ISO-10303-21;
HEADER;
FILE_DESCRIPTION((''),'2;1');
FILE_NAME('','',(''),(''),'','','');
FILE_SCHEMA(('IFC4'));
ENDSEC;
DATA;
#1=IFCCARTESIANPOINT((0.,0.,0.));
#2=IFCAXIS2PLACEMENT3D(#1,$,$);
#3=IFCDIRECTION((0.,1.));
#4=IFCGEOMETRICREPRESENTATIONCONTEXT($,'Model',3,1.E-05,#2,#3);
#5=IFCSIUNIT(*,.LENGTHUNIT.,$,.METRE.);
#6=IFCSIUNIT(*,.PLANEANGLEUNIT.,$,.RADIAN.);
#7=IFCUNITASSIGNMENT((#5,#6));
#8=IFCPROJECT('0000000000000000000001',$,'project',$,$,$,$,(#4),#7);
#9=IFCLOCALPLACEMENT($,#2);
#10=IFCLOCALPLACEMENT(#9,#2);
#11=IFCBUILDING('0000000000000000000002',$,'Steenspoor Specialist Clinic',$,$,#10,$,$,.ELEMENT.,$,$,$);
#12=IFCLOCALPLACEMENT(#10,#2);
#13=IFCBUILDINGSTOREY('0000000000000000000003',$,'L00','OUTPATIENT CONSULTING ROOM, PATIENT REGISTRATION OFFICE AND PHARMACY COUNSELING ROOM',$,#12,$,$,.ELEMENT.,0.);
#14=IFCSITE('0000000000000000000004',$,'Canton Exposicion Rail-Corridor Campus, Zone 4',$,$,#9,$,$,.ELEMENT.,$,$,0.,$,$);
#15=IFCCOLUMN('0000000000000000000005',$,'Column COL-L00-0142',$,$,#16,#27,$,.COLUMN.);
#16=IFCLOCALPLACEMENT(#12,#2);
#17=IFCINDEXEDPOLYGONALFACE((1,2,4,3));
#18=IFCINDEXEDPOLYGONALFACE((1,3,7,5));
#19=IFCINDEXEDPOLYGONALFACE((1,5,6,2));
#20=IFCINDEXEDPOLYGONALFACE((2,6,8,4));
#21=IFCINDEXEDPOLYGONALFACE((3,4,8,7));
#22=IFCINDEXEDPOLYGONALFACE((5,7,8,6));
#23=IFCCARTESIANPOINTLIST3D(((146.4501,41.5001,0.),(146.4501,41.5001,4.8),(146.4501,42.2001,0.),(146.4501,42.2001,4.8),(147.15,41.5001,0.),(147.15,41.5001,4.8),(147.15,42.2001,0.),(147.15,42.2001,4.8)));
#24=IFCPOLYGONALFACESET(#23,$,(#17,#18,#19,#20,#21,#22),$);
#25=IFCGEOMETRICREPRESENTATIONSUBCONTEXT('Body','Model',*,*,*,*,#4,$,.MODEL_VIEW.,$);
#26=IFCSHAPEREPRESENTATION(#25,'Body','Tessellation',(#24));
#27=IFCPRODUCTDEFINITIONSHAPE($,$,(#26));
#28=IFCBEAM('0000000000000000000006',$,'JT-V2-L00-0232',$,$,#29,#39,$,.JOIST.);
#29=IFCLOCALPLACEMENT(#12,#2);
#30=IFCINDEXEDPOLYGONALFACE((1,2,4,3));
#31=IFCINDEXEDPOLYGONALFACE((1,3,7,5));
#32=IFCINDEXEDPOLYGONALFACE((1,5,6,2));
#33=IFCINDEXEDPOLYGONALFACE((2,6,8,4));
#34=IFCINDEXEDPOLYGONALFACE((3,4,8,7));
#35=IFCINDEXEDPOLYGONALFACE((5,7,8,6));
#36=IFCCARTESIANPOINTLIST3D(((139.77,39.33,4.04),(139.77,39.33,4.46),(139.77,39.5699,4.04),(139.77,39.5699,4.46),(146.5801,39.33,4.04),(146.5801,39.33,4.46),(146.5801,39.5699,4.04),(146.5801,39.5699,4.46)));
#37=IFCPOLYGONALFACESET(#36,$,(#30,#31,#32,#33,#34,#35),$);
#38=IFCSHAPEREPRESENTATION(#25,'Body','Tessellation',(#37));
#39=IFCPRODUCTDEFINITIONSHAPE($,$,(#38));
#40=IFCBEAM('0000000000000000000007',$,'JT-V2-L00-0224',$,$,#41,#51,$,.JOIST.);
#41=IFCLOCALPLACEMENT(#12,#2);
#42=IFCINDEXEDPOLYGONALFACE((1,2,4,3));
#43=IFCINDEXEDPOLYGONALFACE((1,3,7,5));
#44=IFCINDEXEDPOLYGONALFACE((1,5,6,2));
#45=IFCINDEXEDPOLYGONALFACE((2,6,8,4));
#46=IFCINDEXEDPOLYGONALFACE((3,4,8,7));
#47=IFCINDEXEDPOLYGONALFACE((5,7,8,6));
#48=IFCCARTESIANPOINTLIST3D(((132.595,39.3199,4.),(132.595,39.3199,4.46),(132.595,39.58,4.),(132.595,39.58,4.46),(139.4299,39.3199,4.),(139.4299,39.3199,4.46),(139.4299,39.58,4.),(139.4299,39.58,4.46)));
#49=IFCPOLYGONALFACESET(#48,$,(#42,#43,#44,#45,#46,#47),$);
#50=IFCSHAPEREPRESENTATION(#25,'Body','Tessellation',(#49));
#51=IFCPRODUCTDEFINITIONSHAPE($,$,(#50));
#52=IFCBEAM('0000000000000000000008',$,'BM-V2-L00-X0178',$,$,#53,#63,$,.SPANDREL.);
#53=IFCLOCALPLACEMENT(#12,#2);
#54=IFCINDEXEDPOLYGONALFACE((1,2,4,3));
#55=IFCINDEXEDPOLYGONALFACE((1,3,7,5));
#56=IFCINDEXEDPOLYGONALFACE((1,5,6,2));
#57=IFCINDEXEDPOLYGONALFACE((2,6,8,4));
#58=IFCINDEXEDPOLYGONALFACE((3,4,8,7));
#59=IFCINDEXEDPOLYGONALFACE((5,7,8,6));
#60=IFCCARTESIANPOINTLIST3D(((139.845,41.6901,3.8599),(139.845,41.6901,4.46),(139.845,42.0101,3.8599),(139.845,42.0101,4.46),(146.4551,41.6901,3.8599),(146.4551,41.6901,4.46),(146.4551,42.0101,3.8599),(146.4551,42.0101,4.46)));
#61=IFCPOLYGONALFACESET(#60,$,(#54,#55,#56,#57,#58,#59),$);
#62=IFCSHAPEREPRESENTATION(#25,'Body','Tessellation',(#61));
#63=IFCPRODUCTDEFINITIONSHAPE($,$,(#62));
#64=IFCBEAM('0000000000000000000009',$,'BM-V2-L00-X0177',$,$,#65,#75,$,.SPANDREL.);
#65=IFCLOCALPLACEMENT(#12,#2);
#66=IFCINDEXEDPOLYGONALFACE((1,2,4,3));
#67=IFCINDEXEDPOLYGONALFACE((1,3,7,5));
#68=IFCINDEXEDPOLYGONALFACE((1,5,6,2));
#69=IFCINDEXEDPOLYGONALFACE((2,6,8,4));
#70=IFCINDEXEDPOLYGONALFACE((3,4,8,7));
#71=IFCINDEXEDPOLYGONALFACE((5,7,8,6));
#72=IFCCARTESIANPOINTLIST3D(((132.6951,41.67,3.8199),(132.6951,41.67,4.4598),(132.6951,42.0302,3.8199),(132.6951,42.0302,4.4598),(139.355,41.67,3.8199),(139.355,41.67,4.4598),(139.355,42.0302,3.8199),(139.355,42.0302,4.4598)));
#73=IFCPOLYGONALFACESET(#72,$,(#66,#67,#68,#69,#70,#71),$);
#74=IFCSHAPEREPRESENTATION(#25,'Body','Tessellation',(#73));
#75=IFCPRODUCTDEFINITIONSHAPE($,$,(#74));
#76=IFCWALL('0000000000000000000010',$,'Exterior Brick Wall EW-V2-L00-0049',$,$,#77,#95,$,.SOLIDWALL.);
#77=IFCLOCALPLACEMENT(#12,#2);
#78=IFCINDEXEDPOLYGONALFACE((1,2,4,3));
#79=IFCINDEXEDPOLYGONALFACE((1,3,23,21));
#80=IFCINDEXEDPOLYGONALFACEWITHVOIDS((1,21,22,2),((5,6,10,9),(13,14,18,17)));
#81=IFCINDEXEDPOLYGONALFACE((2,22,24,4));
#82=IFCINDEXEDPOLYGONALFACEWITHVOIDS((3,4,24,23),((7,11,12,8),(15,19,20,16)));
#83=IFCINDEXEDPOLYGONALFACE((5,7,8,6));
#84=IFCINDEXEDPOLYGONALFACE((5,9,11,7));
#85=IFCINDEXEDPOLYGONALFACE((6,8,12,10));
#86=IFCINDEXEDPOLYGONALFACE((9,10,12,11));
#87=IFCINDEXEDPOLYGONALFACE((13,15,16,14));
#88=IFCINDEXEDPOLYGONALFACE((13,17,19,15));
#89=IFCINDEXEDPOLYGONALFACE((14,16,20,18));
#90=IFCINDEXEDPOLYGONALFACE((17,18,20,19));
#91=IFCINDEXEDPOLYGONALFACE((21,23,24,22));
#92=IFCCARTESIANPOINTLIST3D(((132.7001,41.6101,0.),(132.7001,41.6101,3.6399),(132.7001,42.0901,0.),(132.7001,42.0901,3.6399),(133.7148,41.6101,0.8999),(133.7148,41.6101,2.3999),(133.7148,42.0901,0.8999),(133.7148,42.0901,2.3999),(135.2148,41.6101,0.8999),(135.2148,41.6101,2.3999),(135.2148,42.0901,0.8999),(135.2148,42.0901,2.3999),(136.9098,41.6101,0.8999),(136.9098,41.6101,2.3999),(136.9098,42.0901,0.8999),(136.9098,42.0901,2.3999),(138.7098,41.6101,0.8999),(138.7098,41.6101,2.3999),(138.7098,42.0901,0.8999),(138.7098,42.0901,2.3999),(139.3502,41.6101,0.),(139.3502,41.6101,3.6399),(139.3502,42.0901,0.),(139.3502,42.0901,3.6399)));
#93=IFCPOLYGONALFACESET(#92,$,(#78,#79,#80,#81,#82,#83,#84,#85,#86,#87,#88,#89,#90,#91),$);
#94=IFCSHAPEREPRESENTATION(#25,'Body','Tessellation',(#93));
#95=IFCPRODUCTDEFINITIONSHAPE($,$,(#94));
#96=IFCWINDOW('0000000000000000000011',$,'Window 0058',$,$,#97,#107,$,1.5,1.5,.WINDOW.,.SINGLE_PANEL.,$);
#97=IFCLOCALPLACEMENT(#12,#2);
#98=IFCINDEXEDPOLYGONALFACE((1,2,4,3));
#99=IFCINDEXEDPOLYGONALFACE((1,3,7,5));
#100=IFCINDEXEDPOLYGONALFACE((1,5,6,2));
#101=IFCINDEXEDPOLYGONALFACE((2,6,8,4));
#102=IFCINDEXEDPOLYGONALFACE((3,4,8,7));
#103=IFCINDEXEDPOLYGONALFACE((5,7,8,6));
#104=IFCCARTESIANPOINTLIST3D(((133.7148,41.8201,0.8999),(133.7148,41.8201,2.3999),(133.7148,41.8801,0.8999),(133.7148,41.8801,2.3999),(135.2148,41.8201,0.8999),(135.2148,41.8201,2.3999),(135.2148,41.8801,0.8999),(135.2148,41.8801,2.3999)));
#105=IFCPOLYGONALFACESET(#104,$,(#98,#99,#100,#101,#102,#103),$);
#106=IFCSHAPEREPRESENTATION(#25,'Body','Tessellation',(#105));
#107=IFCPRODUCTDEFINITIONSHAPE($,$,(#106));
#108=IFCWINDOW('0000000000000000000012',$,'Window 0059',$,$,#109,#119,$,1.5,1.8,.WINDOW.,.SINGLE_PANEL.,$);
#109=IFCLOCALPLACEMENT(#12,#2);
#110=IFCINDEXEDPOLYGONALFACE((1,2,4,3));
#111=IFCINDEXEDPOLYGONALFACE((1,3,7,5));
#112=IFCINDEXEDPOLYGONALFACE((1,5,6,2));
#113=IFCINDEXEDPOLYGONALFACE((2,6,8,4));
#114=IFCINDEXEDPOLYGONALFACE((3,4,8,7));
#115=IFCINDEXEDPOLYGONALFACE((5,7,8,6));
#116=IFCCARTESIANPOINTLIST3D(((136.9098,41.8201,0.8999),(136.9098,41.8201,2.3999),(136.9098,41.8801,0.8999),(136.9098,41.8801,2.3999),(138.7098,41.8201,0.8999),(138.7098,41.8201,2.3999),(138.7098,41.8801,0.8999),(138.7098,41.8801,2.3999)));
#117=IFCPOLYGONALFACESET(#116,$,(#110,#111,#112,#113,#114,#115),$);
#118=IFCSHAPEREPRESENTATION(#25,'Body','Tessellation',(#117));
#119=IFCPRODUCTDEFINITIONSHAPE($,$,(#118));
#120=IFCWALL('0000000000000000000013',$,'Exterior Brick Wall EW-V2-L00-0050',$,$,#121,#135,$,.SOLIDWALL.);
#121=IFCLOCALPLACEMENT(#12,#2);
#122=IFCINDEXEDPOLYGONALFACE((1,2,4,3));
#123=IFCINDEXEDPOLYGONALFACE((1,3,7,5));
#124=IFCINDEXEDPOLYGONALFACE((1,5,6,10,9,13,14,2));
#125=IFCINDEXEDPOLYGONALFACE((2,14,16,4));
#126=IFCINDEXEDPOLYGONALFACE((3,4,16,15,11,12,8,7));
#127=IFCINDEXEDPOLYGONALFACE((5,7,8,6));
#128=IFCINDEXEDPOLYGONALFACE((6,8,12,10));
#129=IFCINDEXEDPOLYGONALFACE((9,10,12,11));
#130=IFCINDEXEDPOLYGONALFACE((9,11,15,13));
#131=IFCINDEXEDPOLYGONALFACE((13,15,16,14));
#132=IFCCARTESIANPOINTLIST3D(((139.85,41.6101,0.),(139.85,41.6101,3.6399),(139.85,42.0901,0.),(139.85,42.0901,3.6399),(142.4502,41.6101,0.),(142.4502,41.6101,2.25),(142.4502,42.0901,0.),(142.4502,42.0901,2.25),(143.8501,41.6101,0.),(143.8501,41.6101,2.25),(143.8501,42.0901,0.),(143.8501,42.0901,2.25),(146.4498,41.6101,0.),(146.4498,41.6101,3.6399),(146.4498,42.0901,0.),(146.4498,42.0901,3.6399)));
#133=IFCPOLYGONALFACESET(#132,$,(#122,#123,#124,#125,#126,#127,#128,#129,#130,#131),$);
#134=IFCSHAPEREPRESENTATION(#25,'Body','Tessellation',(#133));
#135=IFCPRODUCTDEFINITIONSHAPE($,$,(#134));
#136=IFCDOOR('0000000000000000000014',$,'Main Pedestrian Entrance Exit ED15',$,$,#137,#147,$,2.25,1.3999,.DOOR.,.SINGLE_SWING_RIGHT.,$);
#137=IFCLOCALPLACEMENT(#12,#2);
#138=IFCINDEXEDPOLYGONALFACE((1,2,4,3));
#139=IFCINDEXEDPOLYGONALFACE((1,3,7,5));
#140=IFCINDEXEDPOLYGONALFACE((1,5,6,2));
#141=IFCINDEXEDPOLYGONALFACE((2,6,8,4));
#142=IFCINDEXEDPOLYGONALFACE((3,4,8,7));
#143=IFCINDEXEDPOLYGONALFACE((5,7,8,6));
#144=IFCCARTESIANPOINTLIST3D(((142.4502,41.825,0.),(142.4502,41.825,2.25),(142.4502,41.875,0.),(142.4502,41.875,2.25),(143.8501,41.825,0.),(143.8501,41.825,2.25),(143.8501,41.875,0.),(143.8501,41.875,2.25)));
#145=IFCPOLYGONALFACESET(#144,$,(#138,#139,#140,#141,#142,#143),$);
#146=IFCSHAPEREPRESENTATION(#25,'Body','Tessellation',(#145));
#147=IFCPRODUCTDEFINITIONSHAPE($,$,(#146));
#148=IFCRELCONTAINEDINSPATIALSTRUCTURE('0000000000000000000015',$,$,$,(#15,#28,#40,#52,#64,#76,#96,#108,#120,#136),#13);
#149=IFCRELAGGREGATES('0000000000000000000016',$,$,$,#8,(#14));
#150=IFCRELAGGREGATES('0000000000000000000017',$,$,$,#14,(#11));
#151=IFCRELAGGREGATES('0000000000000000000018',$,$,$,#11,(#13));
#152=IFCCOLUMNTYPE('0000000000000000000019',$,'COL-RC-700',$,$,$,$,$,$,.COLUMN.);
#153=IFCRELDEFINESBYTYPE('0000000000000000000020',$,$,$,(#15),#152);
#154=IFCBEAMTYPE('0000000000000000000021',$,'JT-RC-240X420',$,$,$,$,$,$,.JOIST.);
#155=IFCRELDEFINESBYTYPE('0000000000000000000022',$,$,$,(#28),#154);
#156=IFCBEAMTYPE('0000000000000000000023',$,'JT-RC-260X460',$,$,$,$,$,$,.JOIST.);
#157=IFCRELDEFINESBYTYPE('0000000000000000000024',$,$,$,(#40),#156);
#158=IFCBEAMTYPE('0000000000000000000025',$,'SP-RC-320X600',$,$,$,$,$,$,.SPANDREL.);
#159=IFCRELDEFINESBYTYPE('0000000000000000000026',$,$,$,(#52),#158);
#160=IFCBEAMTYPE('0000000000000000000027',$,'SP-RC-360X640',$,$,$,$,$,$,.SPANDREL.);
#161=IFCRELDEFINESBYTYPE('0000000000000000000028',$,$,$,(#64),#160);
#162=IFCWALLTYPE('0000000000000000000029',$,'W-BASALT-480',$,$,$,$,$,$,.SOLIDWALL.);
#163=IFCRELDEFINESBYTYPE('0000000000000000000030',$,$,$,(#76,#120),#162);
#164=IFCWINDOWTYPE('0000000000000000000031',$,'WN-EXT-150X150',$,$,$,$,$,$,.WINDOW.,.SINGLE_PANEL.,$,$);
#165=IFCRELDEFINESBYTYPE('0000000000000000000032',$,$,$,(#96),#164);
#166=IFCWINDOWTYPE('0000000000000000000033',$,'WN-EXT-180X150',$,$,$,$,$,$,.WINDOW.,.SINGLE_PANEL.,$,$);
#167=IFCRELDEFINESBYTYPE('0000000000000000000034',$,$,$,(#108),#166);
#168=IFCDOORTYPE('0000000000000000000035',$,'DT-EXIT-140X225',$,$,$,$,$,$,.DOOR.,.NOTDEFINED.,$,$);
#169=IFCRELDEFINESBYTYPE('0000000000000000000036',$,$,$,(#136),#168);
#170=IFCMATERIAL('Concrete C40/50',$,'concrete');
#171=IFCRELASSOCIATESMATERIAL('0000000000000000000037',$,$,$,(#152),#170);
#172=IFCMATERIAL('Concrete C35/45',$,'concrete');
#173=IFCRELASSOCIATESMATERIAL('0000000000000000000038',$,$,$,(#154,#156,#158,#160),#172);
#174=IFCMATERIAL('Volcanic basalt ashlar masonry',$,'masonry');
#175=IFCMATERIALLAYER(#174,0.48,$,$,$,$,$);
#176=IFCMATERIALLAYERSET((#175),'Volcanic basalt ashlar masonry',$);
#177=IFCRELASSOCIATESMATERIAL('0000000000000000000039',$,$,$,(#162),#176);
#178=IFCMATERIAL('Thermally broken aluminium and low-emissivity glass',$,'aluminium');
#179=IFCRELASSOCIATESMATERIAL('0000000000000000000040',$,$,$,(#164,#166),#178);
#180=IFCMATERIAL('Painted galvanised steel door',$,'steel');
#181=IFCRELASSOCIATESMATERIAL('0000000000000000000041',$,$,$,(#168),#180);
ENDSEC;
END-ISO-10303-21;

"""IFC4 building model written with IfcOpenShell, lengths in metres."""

from ifc_helpers import new_model, si_unit, direction, frame, frame_2d, origin, origin_2d, place, context, subcontext, project, spatial, rectangle, extrude, material, layer, layer_set, material_profile, profile_set, type_object, element, fill, save


model = new_model("IFC4")

# Units and contexts
model_context = context("Model", 3, precision=1e-05, world=origin(), true_north=direction((0.0, 1.0)))
body_context = subcontext(model_context, "Body", "Model", "MODEL_VIEW")
ifc_project = project(units=[si_unit("LENGTHUNIT", "METRE"), si_unit("PLANEANGLEUNIT", "RADIAN")], contexts=[model_context])

# Site, building, storey
site_placement = place(None, origin())
site = spatial("IfcSite", under=ifc_project, at=site_placement, Name="Canton Exposicion Rail-Corridor Campus, Zone 4", CompositionType="ELEMENT", RefElevation=0.0)
building_placement = place(site_placement, origin())
building = spatial("IfcBuilding", under=site, at=building_placement, Name="Steenspoor Specialist Clinic", CompositionType="ELEMENT")
storey_placement = place(building_placement, origin())
storey = spatial("IfcBuildingStorey", under=building, at=storey_placement, Name="L00", Description="OUTPATIENT CONSULTING ROOM, PATIENT REGISTRATION OFFICE AND PHARMACY COUNSELING ROOM", CompositionType="ELEMENT", Elevation=0.0)

# Shared definitions
ifc_material_1 = material(Name="Concrete C35/45", Category="concrete")

# Column
ifc_material_2 = material(Name="Concrete C40/50", Category="concrete")
ifc_material_profile_1 = material_profile(ifc_material_2, rectangle(XDim=0.7, YDim=0.7, at=origin_2d()), Name="RC-COL-700X700")
ifc_profile_set_1 = profile_set([ifc_material_profile_1], Name="Concrete C40/50")
column_type_1 = type_object("IfcColumnType", Name="COL-RC-700", PredefinedType="COLUMN", material=ifc_profile_set_1)
column_1_placement = place(storey_placement, frame((146.8, 41.8501, 0.0), z_axis=(0.0, 0.0, 1.0), x_axis=(1.0, 0.0, 0.0)))
element("IfcColumn", 1, at=column_1_placement, inside=storey, type_object=column_type_1, Name="Column COL-L00-0142", PredefinedType="COLUMN", context=body_context, shape_type="SweptSolid", body=[
    extrude(rectangle(XDim=0.7, YDim=0.7, at=origin_2d()), origin(), (0.0, 0.0, 1.0), 4.8),
])

# Beams
ifc_material_profile_2 = material_profile(ifc_material_1, rectangle(XDim=0.24, YDim=0.4199, at=origin_2d()), Name="RC-JT-240X420")
ifc_profile_set_2 = profile_set([ifc_material_profile_2], Name="Concrete C35/45")
beam_type_1 = type_object("IfcBeamType", Name="JT-RC-240X420", PredefinedType="JOIST", material=ifc_profile_set_2)
beam_1_placement = place(storey_placement, frame((139.77, 39.45, 4.25), z_axis=(1.0, 0.0, 0.0), x_axis=(0.0, 1.0, 0.0)))
element("IfcBeam", 2, at=beam_1_placement, inside=storey, type_object=beam_type_1, Name="JT-V2-L00-0232", PredefinedType="JOIST", context=body_context, shape_type="SweptSolid", body=[
    extrude(rectangle(XDim=0.24, YDim=0.4199, at=origin_2d()), origin(), (0.0, 0.0, 1.0), 6.8101),
])
ifc_material_profile_3 = material_profile(ifc_material_1, rectangle(XDim=0.26, YDim=0.46, at=origin_2d()), Name="RC-JT-260X460")
ifc_profile_set_3 = profile_set([ifc_material_profile_3], Name="Concrete C35/45")
beam_type_2 = type_object("IfcBeamType", Name="JT-RC-260X460", PredefinedType="JOIST", material=ifc_profile_set_3)
beam_2_placement = place(storey_placement, frame((132.595, 39.45, 4.23), z_axis=(1.0, 0.0, 0.0), x_axis=(0.0, 1.0, 0.0)))
element("IfcBeam", 3, at=beam_2_placement, inside=storey, type_object=beam_type_2, Name="JT-V2-L00-0224", PredefinedType="JOIST", context=body_context, shape_type="SweptSolid", body=[
    extrude(rectangle(XDim=0.26, YDim=0.46, at=origin_2d()), origin(), (0.0, 0.0, 1.0), 6.835),
])
ifc_material_profile_4 = material_profile(ifc_material_1, rectangle(XDim=0.3201, YDim=0.6001, at=origin_2d()), Name="RC-SP-320X600")
ifc_profile_set_4 = profile_set([ifc_material_profile_4], Name="Concrete C35/45")
beam_type_3 = type_object("IfcBeamType", Name="SP-RC-320X600", PredefinedType="SPANDREL", material=ifc_profile_set_4)
beam_3_placement = place(storey_placement, frame((139.845, 41.8501, 4.1599), z_axis=(1.0, 0.0, 0.0), x_axis=(0.0, 1.0, 0.0)))
element("IfcBeam", 4, at=beam_3_placement, inside=storey, type_object=beam_type_3, Name="BM-V2-L00-X0178", PredefinedType="SPANDREL", context=body_context, shape_type="SweptSolid", body=[
    extrude(rectangle(XDim=0.3201, YDim=0.6001, at=origin_2d()), origin(), (0.0, 0.0, 1.0), 6.6101),
])
ifc_material_profile_5 = material_profile(ifc_material_1, rectangle(XDim=0.3601, YDim=0.6399, at=origin_2d()), Name="RC-SP-360X640")
ifc_profile_set_5 = profile_set([ifc_material_profile_5], Name="Concrete C35/45")
beam_type_4 = type_object("IfcBeamType", Name="SP-RC-360X640", PredefinedType="SPANDREL", material=ifc_profile_set_5)
beam_4_placement = place(storey_placement, frame((132.6951, 41.8501, 4.1399), z_axis=(1.0, 0.0, 0.0), x_axis=(0.0, 1.0, 0.0)))
element("IfcBeam", 5, at=beam_4_placement, inside=storey, type_object=beam_type_4, Name="BM-V2-L00-X0177", PredefinedType="SPANDREL", context=body_context, shape_type="SweptSolid", body=[
    extrude(rectangle(XDim=0.3601, YDim=0.6399, at=origin_2d()), origin(), (0.0, 0.0, 1.0), 6.6599),
])

# Wall, openings, windows
ifc_material_3 = material(Name="Volcanic basalt ashlar masonry", Category="masonry")
ifc_layer = layer(ifc_material_3, 0.48)
ifc_layer_set = layer_set([ifc_layer], Name="Volcanic basalt ashlar masonry")
wall_type = type_object("IfcWallType", Name="W-BASALT-480", PredefinedType="SOLIDWALL", material=ifc_layer_set)
wall_1_placement = place(storey_placement, frame((132.7, 41.8501, 0.0), z_axis=(0.0, 0.0, 1.0), x_axis=(1.0, 0.0, 0.0)))
wall_1 = element("IfcWall", 6, at=wall_1_placement, inside=storey, type_object=wall_type, Name="Exterior Brick Wall EW-V2-L00-0049", PredefinedType="SOLIDWALL", context=body_context, shape_type="SweptSolid", body=[
    extrude(rectangle(XDim=6.6501, YDim=0.48, at=frame_2d((3.3252, 0.0))), origin(), (0.0, 0.0, 1.0), 3.6399),
])
opening_1_placement = place(wall_1_placement, frame((1.0149, 0.0, 0.8999)))
opening_1 = element("IfcOpeningElement", 7, at=opening_1_placement, cuts=wall_1, PredefinedType="OPENING", context=body_context, shape_type="SweptSolid", body=[
    extrude(rectangle(XDim=1.5, YDim=1.5, at=frame_2d((0.75, 0.75))), frame((0.0, 0.25, 0.0), z_axis=(0.0, -1.0, 0.0), x_axis=(1.0, 0.0, 0.0)), (0.0, 0.0, 1.0), 0.5),
])
opening_2_placement = place(wall_1_placement, frame((4.21, 0.0, 0.8999)))
opening_2 = element("IfcOpeningElement", 8, at=opening_2_placement, cuts=wall_1, PredefinedType="OPENING", context=body_context, shape_type="SweptSolid", body=[
    extrude(rectangle(XDim=1.8, YDim=1.5, at=frame_2d((0.8999, 0.75))), frame((0.0, 0.25, 0.0), z_axis=(0.0, -1.0, 0.0), x_axis=(1.0, 0.0, 0.0)), (0.0, 0.0, 1.0), 0.5),
])
ifc_material_4 = material(Name="Thermally broken aluminium and low-emissivity glass", Category="aluminium")
window_type_1 = type_object("IfcWindowType", Name="WN-EXT-150X150", PartitioningType="SINGLE_PANEL", PredefinedType="WINDOW", material=ifc_material_4)
window_1_placement = place(opening_1_placement, origin())
window_1 = element("IfcWindow", 9, at=window_1_placement, inside=storey, type_object=window_type_1, Name="Window 0058", OverallHeight=1.5, OverallWidth=1.5, PartitioningType="SINGLE_PANEL", PredefinedType="WINDOW", context=body_context, shape_type="SweptSolid", body=[
    extrude(rectangle(XDim=1.5, YDim=1.5, at=frame_2d((0.75, 0.75))), frame((0.0, 0.03, 0.0), z_axis=(0.0, -1.0, 0.0), x_axis=(1.0, 0.0, 0.0)), (0.0, 0.0, 1.0), 0.0601),
])
fill(opening_1, window_1)
window_type_2 = type_object("IfcWindowType", Name="WN-EXT-180X150", PartitioningType="SINGLE_PANEL", PredefinedType="WINDOW", material=ifc_material_4)
window_2_placement = place(opening_2_placement, origin())
window_2 = element("IfcWindow", 10, at=window_2_placement, inside=storey, type_object=window_type_2, Name="Window 0059", OverallHeight=1.5, OverallWidth=1.8, PartitioningType="SINGLE_PANEL", PredefinedType="WINDOW", context=body_context, shape_type="SweptSolid", body=[
    extrude(rectangle(XDim=1.8, YDim=1.5, at=frame_2d((0.8999, 0.75))), frame((0.0, 0.03, 0.0), z_axis=(0.0, -1.0, 0.0), x_axis=(1.0, 0.0, 0.0)), (0.0, 0.0, 1.0), 0.0601),
])
fill(opening_2, window_2)

# Wall, opening, door
wall_2_placement = place(storey_placement, frame((139.8501, 41.8501, 0.0), z_axis=(0.0, 0.0, 1.0), x_axis=(1.0, 0.0, 0.0)))
wall_2 = element("IfcWall", 11, at=wall_2_placement, inside=storey, type_object=wall_type, Name="Exterior Brick Wall EW-V2-L00-0050", PredefinedType="SOLIDWALL", context=body_context, shape_type="SweptSolid", body=[
    extrude(rectangle(XDim=6.5999, YDim=0.48, at=frame_2d((3.2998, 0.0))), origin(), (0.0, 0.0, 1.0), 3.6399),
])
opening_3_placement = place(wall_2_placement, frame((2.6001, 0.0, 0.0)))
opening_3 = element("IfcOpeningElement", 12, at=opening_3_placement, cuts=wall_2, PredefinedType="OPENING", context=body_context, shape_type="SweptSolid", body=[
    extrude(rectangle(XDim=1.3999, YDim=2.25, at=frame_2d((0.7, 1.125))), frame((0.0, 0.25, 0.0), z_axis=(0.0, -1.0, 0.0), x_axis=(1.0, 0.0, 0.0)), (0.0, 0.0, 1.0), 0.5),
])
ifc_material_5 = material(Name="Painted galvanised steel door", Category="steel")
door_type = type_object("IfcDoorType", Name="DT-EXIT-140X225", OperationType="NOTDEFINED", PredefinedType="DOOR", material=ifc_material_5)
door_placement = place(opening_3_placement, origin())
door = element("IfcDoor", 13, at=door_placement, inside=storey, type_object=door_type, Name="Main Pedestrian Entrance Exit ED15", OperationType="SINGLE_SWING_RIGHT", OverallHeight=2.25, OverallWidth=1.3999, PredefinedType="DOOR", context=body_context, shape_type="SweptSolid", body=[
    extrude(rectangle(XDim=1.3999, YDim=2.25, at=frame_2d((0.7, 1.125))), frame((0.0, 0.0249, 0.0), z_axis=(0.0, -1.0, 0.0), x_axis=(1.0, 0.0, 0.0)), (0.0, 0.0, 1.0), 0.05),
])
fill(opening_3, door)

save(model, "model.ifc")
